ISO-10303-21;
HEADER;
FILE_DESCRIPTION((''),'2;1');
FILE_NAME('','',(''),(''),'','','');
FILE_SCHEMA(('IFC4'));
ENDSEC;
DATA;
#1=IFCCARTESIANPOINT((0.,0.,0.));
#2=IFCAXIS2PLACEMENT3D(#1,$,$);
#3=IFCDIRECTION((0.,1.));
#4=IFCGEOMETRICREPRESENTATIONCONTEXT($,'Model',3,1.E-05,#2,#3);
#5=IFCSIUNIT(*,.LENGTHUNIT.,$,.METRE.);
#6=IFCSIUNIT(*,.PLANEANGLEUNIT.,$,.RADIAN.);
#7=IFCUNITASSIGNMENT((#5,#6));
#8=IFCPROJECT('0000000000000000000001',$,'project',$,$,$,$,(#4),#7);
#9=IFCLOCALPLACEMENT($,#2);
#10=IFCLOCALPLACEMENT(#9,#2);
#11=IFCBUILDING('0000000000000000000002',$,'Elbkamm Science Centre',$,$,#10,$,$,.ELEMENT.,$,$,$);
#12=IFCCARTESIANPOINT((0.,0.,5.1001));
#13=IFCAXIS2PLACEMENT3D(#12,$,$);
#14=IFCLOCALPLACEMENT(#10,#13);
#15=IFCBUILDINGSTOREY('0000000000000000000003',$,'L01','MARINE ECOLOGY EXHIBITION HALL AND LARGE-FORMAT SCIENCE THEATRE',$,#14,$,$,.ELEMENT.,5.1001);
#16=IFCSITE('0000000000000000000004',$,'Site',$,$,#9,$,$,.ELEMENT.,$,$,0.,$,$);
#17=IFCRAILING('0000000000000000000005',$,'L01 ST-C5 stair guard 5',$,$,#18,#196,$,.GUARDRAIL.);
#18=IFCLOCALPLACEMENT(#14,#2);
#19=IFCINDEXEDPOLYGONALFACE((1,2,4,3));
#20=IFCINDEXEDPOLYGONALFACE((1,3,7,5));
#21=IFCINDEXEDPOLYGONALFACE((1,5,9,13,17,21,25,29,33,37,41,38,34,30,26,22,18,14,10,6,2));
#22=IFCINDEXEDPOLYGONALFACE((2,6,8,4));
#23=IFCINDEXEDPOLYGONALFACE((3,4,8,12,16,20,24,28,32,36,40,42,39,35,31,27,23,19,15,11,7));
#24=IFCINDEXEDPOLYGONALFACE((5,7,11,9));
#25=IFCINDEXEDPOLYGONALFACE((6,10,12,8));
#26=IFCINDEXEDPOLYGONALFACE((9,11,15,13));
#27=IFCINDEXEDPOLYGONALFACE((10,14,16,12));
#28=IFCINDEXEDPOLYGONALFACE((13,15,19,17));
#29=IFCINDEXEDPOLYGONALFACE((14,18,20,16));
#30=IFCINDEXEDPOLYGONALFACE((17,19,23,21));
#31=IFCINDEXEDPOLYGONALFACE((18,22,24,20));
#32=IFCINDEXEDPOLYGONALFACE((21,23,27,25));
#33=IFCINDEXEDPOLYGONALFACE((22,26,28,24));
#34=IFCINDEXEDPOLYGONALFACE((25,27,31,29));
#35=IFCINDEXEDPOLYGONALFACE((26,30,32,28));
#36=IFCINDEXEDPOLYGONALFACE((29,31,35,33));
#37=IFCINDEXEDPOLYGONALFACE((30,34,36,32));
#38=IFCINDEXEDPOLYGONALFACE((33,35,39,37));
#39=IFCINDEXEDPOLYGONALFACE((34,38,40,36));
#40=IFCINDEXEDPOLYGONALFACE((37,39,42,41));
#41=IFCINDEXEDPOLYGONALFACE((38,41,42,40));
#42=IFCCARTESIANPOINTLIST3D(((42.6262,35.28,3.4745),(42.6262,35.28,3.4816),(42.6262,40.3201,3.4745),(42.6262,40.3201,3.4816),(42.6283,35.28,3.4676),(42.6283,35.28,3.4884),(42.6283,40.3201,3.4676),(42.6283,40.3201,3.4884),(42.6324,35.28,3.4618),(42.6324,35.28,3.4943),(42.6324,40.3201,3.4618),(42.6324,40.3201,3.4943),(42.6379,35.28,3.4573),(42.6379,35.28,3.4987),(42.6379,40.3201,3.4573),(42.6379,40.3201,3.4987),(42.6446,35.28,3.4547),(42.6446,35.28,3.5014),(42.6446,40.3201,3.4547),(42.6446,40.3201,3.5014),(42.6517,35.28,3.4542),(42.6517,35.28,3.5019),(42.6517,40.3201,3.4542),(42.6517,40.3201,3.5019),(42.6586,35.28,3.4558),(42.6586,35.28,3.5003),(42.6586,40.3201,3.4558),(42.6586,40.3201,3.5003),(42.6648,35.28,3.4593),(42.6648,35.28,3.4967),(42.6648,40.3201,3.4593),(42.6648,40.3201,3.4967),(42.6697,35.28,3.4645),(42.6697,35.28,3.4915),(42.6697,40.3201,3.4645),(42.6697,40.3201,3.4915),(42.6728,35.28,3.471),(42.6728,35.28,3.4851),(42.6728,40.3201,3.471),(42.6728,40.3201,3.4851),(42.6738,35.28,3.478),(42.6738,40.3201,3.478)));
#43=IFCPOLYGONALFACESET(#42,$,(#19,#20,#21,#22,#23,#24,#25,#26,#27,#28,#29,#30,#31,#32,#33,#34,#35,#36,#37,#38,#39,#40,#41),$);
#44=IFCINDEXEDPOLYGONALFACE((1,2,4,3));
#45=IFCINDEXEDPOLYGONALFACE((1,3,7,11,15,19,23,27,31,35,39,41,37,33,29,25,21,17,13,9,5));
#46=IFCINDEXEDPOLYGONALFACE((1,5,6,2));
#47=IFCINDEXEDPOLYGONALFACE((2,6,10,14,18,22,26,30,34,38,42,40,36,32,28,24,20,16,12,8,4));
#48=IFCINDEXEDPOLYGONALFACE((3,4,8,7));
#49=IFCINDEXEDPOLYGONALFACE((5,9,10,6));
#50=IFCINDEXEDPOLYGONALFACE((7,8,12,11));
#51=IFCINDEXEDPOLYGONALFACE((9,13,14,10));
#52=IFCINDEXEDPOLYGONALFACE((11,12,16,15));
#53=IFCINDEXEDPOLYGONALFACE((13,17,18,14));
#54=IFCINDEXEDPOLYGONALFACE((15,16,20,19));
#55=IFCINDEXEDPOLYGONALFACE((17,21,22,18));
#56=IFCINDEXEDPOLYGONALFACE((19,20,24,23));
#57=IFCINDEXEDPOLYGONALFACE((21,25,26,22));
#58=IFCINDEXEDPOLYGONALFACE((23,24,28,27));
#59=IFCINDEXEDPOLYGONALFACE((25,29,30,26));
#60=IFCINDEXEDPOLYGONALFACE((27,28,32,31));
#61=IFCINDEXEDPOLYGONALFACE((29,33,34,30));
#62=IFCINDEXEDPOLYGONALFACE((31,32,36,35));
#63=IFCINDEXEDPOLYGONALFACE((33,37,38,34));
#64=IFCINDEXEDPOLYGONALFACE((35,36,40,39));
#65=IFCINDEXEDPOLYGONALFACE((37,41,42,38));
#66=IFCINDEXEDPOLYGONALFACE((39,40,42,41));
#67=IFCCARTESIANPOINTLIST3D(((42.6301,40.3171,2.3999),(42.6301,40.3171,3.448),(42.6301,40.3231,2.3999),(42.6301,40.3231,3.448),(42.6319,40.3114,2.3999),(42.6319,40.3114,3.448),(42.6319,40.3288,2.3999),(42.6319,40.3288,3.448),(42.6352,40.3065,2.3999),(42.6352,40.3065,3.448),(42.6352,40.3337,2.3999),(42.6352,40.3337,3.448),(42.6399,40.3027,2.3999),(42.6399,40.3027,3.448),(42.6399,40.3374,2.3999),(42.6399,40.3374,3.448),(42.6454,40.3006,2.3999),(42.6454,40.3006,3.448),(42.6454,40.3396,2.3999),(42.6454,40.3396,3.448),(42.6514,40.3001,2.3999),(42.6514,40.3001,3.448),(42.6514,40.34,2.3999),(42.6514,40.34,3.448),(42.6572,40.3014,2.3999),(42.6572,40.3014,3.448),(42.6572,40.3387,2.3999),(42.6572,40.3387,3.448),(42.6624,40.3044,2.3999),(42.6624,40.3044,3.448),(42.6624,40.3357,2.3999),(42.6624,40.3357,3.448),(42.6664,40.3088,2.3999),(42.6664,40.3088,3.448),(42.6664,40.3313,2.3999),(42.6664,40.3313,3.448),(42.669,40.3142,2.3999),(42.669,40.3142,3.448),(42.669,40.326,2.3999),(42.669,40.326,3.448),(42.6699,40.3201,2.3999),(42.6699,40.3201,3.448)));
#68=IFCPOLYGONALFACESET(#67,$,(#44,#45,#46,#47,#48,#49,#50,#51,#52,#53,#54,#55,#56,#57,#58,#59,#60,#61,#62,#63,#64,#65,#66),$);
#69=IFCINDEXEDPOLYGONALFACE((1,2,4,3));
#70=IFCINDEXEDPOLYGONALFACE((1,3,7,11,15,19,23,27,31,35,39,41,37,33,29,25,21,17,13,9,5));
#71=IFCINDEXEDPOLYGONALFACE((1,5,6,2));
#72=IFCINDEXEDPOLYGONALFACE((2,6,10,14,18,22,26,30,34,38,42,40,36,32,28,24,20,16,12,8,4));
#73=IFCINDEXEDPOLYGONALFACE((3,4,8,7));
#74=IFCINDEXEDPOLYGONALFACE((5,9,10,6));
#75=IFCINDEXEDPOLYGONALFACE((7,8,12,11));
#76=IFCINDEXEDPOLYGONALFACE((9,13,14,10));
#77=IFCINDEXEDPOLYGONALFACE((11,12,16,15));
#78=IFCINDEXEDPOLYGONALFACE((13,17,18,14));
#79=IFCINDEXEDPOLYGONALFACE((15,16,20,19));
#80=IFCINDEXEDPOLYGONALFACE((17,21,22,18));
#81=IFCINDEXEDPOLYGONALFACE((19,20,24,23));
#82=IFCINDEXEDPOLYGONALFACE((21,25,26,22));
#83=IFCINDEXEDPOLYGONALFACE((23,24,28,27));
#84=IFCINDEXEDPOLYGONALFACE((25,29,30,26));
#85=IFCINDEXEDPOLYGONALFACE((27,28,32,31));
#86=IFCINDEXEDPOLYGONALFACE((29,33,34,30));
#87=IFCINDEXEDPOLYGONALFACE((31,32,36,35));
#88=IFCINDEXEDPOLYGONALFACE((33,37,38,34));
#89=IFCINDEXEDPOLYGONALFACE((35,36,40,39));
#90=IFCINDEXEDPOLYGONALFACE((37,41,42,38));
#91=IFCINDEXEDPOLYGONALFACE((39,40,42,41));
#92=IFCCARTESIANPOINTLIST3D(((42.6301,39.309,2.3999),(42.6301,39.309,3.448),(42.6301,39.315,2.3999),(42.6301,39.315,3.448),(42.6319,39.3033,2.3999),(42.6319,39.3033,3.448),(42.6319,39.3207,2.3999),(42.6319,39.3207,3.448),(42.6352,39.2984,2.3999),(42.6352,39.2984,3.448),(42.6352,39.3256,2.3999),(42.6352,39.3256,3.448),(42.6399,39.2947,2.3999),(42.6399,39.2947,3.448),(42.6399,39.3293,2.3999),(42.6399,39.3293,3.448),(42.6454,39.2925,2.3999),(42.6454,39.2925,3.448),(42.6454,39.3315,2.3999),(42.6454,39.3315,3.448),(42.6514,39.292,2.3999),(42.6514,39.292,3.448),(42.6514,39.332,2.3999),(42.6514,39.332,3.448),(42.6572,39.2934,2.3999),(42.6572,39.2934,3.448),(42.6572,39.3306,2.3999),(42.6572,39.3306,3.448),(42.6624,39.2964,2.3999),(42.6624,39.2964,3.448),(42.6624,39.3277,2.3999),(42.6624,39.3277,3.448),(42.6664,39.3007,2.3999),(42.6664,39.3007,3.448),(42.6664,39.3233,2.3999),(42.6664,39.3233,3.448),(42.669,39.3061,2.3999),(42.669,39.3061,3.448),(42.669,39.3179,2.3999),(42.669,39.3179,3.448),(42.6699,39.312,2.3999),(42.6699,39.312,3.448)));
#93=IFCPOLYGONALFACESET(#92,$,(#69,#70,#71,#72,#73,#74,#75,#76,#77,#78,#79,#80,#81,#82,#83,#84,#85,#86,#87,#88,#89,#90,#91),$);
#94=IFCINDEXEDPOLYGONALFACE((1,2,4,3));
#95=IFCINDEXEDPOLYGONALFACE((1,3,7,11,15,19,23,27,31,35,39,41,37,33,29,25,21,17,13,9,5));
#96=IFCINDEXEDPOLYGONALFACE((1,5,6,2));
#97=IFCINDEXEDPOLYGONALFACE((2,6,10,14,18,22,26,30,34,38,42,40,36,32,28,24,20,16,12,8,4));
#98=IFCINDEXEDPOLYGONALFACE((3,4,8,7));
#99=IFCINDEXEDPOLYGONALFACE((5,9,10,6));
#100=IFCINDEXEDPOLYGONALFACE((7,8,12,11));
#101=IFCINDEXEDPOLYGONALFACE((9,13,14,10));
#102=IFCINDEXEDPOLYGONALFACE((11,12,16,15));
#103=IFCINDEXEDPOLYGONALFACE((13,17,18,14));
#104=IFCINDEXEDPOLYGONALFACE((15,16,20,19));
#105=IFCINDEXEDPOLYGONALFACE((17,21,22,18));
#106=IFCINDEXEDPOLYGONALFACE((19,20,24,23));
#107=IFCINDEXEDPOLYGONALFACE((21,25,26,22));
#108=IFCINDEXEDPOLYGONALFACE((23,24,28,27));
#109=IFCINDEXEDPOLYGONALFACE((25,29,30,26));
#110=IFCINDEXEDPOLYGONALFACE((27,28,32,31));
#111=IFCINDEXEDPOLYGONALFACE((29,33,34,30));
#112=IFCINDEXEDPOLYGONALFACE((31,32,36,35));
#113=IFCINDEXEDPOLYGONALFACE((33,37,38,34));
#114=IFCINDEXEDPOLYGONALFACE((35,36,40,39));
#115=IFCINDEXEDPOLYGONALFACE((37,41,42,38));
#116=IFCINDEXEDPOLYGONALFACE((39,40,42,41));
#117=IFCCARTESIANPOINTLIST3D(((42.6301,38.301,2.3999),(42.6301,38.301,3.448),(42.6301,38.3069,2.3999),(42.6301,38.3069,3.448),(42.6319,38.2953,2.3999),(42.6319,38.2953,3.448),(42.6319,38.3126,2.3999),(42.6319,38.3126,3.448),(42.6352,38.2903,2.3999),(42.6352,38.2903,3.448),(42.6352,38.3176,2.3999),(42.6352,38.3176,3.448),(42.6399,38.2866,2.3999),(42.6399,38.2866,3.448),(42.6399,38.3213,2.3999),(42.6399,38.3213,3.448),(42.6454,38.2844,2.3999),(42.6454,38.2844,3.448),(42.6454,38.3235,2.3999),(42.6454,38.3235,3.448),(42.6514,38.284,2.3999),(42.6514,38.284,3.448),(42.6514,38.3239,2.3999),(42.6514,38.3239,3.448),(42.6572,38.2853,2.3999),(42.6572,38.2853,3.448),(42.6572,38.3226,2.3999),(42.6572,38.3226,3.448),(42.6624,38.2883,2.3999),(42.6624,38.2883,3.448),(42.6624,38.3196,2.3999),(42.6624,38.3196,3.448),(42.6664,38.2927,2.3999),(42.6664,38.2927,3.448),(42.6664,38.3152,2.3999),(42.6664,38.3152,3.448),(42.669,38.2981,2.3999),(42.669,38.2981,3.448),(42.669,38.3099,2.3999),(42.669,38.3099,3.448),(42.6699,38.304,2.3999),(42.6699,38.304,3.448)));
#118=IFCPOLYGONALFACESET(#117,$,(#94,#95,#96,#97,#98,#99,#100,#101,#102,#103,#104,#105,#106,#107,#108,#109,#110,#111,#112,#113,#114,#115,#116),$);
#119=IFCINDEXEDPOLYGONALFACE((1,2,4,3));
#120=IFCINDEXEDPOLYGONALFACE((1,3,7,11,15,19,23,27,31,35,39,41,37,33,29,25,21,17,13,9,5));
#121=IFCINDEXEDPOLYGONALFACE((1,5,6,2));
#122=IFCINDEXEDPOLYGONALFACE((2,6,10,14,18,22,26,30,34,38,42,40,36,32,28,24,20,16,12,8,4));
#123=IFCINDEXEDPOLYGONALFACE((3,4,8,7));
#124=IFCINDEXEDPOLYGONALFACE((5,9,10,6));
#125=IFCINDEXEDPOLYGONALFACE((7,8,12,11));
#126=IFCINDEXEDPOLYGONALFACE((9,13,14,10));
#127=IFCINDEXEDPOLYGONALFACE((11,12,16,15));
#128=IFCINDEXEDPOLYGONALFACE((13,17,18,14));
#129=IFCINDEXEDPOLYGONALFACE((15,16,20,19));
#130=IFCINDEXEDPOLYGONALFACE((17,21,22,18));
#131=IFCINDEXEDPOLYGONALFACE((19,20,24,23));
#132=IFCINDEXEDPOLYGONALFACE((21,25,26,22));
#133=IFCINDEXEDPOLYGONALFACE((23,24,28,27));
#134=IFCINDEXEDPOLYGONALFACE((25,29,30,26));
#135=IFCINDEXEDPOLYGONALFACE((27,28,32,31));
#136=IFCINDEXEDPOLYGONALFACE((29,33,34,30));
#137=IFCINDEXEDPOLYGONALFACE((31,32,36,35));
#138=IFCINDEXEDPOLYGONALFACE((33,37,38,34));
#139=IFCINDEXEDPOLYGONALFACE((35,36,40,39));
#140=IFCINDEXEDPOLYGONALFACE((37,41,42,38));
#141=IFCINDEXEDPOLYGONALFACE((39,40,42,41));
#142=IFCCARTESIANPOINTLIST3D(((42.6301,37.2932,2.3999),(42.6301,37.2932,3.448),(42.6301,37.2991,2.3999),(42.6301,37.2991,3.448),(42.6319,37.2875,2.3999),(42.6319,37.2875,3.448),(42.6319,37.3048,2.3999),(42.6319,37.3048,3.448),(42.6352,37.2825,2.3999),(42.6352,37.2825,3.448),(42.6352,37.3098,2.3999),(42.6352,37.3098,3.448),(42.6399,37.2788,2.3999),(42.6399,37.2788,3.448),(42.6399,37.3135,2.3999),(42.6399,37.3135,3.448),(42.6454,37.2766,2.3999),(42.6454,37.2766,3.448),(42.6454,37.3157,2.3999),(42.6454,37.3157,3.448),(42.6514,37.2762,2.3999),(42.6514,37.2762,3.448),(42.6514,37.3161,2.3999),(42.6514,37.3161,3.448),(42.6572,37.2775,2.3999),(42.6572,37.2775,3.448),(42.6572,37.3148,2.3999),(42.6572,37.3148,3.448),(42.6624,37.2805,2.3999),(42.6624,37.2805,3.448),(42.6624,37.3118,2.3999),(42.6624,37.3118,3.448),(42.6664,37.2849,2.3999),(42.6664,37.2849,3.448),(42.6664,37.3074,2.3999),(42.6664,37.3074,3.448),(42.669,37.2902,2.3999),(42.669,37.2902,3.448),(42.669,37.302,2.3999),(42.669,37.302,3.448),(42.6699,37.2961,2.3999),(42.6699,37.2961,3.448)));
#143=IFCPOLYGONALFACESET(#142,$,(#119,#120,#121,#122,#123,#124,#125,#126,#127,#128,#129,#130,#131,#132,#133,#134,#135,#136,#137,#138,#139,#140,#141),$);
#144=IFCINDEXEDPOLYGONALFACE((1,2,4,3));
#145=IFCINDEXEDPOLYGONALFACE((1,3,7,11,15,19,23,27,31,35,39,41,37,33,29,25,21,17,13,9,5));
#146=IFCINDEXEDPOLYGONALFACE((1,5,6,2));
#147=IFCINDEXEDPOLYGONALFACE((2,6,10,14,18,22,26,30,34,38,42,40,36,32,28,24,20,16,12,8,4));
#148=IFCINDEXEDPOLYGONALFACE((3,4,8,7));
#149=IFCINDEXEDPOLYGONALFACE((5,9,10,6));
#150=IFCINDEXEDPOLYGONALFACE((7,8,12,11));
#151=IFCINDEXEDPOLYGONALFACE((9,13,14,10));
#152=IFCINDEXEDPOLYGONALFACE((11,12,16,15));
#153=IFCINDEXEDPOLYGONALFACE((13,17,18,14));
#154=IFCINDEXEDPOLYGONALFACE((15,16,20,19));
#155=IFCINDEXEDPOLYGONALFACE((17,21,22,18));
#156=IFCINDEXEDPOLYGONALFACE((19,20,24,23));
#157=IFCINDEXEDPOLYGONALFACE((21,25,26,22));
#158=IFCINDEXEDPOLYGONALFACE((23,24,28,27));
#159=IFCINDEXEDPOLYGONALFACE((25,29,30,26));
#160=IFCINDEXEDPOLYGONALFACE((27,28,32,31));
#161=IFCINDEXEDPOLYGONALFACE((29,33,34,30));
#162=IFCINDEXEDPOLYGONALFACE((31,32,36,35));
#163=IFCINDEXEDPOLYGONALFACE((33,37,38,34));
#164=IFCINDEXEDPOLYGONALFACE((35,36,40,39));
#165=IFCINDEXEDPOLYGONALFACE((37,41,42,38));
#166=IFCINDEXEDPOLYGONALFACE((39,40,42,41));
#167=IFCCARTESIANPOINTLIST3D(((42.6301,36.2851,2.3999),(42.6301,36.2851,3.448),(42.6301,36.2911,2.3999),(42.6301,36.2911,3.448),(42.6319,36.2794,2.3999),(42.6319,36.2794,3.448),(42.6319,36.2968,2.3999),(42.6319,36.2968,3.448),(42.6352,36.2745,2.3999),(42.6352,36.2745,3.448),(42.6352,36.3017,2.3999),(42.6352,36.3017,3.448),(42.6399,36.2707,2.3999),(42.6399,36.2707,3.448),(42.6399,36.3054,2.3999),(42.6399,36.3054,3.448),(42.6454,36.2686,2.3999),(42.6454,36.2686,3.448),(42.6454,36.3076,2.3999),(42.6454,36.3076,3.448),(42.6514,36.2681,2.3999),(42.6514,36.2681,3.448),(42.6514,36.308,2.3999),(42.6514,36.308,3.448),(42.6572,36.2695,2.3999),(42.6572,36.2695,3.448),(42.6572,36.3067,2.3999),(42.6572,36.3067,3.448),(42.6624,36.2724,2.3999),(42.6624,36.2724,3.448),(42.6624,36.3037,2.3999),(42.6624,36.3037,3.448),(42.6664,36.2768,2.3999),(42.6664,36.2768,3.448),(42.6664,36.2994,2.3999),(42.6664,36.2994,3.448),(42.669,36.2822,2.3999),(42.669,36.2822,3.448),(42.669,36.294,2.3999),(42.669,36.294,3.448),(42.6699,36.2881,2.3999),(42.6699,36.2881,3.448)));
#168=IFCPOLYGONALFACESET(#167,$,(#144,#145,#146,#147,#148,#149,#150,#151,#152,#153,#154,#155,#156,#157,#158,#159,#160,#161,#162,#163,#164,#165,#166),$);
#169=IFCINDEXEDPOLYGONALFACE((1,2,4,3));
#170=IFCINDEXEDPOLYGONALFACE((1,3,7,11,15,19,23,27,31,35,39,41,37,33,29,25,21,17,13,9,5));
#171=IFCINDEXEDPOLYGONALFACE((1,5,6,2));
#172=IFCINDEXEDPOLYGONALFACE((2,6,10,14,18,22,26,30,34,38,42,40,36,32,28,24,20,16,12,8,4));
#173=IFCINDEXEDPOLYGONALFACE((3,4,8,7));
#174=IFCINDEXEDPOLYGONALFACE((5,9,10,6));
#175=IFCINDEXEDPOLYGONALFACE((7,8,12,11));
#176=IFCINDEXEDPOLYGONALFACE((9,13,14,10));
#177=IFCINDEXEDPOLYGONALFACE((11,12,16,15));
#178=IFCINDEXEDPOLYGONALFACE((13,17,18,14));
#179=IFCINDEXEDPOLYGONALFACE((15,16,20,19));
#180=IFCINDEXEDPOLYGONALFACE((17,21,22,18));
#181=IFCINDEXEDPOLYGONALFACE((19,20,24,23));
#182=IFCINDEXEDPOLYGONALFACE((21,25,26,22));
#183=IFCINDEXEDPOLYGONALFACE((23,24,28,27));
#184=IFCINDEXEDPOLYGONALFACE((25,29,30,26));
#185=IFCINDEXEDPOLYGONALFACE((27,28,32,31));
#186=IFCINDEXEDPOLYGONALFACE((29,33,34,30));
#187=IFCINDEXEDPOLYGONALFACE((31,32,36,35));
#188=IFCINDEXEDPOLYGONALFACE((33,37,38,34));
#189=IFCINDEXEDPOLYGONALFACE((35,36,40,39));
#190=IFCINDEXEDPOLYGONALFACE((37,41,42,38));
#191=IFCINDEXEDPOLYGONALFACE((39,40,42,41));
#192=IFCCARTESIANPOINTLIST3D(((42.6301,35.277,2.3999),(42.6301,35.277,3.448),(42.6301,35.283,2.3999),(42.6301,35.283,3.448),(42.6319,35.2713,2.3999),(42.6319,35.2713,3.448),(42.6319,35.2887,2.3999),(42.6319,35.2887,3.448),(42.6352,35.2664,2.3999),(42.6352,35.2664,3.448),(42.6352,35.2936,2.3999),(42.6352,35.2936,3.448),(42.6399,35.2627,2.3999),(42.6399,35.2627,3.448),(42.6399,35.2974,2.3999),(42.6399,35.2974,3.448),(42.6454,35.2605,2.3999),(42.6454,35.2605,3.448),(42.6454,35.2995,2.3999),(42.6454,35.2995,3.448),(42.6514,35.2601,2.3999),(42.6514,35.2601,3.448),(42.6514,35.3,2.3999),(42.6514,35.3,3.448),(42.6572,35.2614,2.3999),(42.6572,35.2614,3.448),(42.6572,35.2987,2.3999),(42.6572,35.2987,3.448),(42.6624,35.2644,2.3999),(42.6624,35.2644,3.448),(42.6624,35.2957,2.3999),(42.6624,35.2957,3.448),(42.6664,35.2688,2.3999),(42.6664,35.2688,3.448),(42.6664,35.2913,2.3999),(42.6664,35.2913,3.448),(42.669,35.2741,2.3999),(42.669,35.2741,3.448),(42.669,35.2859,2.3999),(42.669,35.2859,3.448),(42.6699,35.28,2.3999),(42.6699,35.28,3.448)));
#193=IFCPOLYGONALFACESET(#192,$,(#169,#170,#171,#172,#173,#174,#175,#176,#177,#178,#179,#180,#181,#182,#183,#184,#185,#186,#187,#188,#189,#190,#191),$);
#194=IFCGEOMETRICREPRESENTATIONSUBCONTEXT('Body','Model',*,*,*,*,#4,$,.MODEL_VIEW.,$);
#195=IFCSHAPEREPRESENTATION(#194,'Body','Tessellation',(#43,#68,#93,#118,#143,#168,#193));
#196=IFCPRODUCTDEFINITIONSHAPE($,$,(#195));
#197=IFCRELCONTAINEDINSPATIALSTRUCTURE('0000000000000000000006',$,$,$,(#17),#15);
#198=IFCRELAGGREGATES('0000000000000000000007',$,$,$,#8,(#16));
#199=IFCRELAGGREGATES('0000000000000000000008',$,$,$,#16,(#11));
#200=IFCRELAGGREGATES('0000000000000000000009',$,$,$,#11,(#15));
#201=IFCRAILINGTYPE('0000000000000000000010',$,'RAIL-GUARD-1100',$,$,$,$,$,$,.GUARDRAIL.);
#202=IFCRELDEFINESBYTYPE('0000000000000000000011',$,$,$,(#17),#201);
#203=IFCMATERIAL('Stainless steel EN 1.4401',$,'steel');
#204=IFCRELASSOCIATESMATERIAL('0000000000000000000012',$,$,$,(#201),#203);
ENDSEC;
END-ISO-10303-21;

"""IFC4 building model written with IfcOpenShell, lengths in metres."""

from ifc_helpers import new_model, si_unit, direction, frame, origin, origin_2d, place, context, subcontext, project, spatial, circle, extrude, material, type_object, element, save


model = new_model("IFC4")

# Units and contexts
model_context = context("Model", 3, precision=1e-05, world=origin(), true_north=direction((0.0, 1.0)))
body_context = subcontext(model_context, "Body", "Model", "MODEL_VIEW")
ifc_project = project(units=[si_unit("LENGTHUNIT", "METRE"), si_unit("PLANEANGLEUNIT", "RADIAN")], contexts=[model_context])

# Site, building, storey
site_placement = place(None, origin())
site = spatial("IfcSite", under=ifc_project, at=site_placement, Name="Site", CompositionType="ELEMENT", RefElevation=0.0)
building_placement = place(site_placement, origin())
building = spatial("IfcBuilding", under=site, at=building_placement, Name="Elbkamm Science Centre", CompositionType="ELEMENT")
storey_placement = place(building_placement, frame((0.0, 0.0, 5.1001)))
storey = spatial("IfcBuildingStorey", under=building, at=storey_placement, Name="L01", Description="MARINE ECOLOGY EXHIBITION HALL AND LARGE-FORMAT SCIENCE THEATRE", CompositionType="ELEMENT", Elevation=5.1001)

# Railing
ifc_material_1 = material(Name="Stainless steel EN 1.4401", Category="steel")
railing_type_1 = type_object("IfcRailingType", Name="RAIL-GUARD-1100", PredefinedType="GUARDRAIL", material=ifc_material_1)
railing_1_placement = place(storey_placement, frame((42.6499, 40.3201, 2.3999)))
element("IfcRailing", 1, at=railing_1_placement, inside=storey, type_object=railing_type_1, Name="L01 ST-C5 stair guard 5", PredefinedType="GUARDRAIL", context=body_context, shape_type="SweptSolid", body=[
    extrude(circle(Radius=0.0239, at=origin_2d()), frame((0.0, 0.0, 1.0781), z_axis=(0.0, -1.0, 0.0), x_axis=(1.0, 0.0, 0.0)), (0.0, 0.0, 1.0), 5.04),
    extrude(circle(Radius=0.02, at=origin_2d()), origin(), (0.0, 0.0, 1.0), 1.0481),
    extrude(circle(Radius=0.02, at=origin_2d()), frame((0.0, -1.0081, 0.0)), (0.0, 0.0, 1.0), 1.0481),
    extrude(circle(Radius=0.02, at=origin_2d()), frame((0.0, -2.0161, 0.0)), (0.0, 0.0, 1.0), 1.0481),
    extrude(circle(Radius=0.02, at=origin_2d()), frame((0.0, -3.0239, 0.0)), (0.0, 0.0, 1.0), 1.0481),
    extrude(circle(Radius=0.02, at=origin_2d()), frame((0.0, -4.032, 0.0)), (0.0, 0.0, 1.0), 1.0481),
    extrude(circle(Radius=0.02, at=origin_2d()), frame((0.0, -5.04, 0.0)), (0.0, 0.0, 1.0), 1.0481),
])

save(model, "model.ifc")
